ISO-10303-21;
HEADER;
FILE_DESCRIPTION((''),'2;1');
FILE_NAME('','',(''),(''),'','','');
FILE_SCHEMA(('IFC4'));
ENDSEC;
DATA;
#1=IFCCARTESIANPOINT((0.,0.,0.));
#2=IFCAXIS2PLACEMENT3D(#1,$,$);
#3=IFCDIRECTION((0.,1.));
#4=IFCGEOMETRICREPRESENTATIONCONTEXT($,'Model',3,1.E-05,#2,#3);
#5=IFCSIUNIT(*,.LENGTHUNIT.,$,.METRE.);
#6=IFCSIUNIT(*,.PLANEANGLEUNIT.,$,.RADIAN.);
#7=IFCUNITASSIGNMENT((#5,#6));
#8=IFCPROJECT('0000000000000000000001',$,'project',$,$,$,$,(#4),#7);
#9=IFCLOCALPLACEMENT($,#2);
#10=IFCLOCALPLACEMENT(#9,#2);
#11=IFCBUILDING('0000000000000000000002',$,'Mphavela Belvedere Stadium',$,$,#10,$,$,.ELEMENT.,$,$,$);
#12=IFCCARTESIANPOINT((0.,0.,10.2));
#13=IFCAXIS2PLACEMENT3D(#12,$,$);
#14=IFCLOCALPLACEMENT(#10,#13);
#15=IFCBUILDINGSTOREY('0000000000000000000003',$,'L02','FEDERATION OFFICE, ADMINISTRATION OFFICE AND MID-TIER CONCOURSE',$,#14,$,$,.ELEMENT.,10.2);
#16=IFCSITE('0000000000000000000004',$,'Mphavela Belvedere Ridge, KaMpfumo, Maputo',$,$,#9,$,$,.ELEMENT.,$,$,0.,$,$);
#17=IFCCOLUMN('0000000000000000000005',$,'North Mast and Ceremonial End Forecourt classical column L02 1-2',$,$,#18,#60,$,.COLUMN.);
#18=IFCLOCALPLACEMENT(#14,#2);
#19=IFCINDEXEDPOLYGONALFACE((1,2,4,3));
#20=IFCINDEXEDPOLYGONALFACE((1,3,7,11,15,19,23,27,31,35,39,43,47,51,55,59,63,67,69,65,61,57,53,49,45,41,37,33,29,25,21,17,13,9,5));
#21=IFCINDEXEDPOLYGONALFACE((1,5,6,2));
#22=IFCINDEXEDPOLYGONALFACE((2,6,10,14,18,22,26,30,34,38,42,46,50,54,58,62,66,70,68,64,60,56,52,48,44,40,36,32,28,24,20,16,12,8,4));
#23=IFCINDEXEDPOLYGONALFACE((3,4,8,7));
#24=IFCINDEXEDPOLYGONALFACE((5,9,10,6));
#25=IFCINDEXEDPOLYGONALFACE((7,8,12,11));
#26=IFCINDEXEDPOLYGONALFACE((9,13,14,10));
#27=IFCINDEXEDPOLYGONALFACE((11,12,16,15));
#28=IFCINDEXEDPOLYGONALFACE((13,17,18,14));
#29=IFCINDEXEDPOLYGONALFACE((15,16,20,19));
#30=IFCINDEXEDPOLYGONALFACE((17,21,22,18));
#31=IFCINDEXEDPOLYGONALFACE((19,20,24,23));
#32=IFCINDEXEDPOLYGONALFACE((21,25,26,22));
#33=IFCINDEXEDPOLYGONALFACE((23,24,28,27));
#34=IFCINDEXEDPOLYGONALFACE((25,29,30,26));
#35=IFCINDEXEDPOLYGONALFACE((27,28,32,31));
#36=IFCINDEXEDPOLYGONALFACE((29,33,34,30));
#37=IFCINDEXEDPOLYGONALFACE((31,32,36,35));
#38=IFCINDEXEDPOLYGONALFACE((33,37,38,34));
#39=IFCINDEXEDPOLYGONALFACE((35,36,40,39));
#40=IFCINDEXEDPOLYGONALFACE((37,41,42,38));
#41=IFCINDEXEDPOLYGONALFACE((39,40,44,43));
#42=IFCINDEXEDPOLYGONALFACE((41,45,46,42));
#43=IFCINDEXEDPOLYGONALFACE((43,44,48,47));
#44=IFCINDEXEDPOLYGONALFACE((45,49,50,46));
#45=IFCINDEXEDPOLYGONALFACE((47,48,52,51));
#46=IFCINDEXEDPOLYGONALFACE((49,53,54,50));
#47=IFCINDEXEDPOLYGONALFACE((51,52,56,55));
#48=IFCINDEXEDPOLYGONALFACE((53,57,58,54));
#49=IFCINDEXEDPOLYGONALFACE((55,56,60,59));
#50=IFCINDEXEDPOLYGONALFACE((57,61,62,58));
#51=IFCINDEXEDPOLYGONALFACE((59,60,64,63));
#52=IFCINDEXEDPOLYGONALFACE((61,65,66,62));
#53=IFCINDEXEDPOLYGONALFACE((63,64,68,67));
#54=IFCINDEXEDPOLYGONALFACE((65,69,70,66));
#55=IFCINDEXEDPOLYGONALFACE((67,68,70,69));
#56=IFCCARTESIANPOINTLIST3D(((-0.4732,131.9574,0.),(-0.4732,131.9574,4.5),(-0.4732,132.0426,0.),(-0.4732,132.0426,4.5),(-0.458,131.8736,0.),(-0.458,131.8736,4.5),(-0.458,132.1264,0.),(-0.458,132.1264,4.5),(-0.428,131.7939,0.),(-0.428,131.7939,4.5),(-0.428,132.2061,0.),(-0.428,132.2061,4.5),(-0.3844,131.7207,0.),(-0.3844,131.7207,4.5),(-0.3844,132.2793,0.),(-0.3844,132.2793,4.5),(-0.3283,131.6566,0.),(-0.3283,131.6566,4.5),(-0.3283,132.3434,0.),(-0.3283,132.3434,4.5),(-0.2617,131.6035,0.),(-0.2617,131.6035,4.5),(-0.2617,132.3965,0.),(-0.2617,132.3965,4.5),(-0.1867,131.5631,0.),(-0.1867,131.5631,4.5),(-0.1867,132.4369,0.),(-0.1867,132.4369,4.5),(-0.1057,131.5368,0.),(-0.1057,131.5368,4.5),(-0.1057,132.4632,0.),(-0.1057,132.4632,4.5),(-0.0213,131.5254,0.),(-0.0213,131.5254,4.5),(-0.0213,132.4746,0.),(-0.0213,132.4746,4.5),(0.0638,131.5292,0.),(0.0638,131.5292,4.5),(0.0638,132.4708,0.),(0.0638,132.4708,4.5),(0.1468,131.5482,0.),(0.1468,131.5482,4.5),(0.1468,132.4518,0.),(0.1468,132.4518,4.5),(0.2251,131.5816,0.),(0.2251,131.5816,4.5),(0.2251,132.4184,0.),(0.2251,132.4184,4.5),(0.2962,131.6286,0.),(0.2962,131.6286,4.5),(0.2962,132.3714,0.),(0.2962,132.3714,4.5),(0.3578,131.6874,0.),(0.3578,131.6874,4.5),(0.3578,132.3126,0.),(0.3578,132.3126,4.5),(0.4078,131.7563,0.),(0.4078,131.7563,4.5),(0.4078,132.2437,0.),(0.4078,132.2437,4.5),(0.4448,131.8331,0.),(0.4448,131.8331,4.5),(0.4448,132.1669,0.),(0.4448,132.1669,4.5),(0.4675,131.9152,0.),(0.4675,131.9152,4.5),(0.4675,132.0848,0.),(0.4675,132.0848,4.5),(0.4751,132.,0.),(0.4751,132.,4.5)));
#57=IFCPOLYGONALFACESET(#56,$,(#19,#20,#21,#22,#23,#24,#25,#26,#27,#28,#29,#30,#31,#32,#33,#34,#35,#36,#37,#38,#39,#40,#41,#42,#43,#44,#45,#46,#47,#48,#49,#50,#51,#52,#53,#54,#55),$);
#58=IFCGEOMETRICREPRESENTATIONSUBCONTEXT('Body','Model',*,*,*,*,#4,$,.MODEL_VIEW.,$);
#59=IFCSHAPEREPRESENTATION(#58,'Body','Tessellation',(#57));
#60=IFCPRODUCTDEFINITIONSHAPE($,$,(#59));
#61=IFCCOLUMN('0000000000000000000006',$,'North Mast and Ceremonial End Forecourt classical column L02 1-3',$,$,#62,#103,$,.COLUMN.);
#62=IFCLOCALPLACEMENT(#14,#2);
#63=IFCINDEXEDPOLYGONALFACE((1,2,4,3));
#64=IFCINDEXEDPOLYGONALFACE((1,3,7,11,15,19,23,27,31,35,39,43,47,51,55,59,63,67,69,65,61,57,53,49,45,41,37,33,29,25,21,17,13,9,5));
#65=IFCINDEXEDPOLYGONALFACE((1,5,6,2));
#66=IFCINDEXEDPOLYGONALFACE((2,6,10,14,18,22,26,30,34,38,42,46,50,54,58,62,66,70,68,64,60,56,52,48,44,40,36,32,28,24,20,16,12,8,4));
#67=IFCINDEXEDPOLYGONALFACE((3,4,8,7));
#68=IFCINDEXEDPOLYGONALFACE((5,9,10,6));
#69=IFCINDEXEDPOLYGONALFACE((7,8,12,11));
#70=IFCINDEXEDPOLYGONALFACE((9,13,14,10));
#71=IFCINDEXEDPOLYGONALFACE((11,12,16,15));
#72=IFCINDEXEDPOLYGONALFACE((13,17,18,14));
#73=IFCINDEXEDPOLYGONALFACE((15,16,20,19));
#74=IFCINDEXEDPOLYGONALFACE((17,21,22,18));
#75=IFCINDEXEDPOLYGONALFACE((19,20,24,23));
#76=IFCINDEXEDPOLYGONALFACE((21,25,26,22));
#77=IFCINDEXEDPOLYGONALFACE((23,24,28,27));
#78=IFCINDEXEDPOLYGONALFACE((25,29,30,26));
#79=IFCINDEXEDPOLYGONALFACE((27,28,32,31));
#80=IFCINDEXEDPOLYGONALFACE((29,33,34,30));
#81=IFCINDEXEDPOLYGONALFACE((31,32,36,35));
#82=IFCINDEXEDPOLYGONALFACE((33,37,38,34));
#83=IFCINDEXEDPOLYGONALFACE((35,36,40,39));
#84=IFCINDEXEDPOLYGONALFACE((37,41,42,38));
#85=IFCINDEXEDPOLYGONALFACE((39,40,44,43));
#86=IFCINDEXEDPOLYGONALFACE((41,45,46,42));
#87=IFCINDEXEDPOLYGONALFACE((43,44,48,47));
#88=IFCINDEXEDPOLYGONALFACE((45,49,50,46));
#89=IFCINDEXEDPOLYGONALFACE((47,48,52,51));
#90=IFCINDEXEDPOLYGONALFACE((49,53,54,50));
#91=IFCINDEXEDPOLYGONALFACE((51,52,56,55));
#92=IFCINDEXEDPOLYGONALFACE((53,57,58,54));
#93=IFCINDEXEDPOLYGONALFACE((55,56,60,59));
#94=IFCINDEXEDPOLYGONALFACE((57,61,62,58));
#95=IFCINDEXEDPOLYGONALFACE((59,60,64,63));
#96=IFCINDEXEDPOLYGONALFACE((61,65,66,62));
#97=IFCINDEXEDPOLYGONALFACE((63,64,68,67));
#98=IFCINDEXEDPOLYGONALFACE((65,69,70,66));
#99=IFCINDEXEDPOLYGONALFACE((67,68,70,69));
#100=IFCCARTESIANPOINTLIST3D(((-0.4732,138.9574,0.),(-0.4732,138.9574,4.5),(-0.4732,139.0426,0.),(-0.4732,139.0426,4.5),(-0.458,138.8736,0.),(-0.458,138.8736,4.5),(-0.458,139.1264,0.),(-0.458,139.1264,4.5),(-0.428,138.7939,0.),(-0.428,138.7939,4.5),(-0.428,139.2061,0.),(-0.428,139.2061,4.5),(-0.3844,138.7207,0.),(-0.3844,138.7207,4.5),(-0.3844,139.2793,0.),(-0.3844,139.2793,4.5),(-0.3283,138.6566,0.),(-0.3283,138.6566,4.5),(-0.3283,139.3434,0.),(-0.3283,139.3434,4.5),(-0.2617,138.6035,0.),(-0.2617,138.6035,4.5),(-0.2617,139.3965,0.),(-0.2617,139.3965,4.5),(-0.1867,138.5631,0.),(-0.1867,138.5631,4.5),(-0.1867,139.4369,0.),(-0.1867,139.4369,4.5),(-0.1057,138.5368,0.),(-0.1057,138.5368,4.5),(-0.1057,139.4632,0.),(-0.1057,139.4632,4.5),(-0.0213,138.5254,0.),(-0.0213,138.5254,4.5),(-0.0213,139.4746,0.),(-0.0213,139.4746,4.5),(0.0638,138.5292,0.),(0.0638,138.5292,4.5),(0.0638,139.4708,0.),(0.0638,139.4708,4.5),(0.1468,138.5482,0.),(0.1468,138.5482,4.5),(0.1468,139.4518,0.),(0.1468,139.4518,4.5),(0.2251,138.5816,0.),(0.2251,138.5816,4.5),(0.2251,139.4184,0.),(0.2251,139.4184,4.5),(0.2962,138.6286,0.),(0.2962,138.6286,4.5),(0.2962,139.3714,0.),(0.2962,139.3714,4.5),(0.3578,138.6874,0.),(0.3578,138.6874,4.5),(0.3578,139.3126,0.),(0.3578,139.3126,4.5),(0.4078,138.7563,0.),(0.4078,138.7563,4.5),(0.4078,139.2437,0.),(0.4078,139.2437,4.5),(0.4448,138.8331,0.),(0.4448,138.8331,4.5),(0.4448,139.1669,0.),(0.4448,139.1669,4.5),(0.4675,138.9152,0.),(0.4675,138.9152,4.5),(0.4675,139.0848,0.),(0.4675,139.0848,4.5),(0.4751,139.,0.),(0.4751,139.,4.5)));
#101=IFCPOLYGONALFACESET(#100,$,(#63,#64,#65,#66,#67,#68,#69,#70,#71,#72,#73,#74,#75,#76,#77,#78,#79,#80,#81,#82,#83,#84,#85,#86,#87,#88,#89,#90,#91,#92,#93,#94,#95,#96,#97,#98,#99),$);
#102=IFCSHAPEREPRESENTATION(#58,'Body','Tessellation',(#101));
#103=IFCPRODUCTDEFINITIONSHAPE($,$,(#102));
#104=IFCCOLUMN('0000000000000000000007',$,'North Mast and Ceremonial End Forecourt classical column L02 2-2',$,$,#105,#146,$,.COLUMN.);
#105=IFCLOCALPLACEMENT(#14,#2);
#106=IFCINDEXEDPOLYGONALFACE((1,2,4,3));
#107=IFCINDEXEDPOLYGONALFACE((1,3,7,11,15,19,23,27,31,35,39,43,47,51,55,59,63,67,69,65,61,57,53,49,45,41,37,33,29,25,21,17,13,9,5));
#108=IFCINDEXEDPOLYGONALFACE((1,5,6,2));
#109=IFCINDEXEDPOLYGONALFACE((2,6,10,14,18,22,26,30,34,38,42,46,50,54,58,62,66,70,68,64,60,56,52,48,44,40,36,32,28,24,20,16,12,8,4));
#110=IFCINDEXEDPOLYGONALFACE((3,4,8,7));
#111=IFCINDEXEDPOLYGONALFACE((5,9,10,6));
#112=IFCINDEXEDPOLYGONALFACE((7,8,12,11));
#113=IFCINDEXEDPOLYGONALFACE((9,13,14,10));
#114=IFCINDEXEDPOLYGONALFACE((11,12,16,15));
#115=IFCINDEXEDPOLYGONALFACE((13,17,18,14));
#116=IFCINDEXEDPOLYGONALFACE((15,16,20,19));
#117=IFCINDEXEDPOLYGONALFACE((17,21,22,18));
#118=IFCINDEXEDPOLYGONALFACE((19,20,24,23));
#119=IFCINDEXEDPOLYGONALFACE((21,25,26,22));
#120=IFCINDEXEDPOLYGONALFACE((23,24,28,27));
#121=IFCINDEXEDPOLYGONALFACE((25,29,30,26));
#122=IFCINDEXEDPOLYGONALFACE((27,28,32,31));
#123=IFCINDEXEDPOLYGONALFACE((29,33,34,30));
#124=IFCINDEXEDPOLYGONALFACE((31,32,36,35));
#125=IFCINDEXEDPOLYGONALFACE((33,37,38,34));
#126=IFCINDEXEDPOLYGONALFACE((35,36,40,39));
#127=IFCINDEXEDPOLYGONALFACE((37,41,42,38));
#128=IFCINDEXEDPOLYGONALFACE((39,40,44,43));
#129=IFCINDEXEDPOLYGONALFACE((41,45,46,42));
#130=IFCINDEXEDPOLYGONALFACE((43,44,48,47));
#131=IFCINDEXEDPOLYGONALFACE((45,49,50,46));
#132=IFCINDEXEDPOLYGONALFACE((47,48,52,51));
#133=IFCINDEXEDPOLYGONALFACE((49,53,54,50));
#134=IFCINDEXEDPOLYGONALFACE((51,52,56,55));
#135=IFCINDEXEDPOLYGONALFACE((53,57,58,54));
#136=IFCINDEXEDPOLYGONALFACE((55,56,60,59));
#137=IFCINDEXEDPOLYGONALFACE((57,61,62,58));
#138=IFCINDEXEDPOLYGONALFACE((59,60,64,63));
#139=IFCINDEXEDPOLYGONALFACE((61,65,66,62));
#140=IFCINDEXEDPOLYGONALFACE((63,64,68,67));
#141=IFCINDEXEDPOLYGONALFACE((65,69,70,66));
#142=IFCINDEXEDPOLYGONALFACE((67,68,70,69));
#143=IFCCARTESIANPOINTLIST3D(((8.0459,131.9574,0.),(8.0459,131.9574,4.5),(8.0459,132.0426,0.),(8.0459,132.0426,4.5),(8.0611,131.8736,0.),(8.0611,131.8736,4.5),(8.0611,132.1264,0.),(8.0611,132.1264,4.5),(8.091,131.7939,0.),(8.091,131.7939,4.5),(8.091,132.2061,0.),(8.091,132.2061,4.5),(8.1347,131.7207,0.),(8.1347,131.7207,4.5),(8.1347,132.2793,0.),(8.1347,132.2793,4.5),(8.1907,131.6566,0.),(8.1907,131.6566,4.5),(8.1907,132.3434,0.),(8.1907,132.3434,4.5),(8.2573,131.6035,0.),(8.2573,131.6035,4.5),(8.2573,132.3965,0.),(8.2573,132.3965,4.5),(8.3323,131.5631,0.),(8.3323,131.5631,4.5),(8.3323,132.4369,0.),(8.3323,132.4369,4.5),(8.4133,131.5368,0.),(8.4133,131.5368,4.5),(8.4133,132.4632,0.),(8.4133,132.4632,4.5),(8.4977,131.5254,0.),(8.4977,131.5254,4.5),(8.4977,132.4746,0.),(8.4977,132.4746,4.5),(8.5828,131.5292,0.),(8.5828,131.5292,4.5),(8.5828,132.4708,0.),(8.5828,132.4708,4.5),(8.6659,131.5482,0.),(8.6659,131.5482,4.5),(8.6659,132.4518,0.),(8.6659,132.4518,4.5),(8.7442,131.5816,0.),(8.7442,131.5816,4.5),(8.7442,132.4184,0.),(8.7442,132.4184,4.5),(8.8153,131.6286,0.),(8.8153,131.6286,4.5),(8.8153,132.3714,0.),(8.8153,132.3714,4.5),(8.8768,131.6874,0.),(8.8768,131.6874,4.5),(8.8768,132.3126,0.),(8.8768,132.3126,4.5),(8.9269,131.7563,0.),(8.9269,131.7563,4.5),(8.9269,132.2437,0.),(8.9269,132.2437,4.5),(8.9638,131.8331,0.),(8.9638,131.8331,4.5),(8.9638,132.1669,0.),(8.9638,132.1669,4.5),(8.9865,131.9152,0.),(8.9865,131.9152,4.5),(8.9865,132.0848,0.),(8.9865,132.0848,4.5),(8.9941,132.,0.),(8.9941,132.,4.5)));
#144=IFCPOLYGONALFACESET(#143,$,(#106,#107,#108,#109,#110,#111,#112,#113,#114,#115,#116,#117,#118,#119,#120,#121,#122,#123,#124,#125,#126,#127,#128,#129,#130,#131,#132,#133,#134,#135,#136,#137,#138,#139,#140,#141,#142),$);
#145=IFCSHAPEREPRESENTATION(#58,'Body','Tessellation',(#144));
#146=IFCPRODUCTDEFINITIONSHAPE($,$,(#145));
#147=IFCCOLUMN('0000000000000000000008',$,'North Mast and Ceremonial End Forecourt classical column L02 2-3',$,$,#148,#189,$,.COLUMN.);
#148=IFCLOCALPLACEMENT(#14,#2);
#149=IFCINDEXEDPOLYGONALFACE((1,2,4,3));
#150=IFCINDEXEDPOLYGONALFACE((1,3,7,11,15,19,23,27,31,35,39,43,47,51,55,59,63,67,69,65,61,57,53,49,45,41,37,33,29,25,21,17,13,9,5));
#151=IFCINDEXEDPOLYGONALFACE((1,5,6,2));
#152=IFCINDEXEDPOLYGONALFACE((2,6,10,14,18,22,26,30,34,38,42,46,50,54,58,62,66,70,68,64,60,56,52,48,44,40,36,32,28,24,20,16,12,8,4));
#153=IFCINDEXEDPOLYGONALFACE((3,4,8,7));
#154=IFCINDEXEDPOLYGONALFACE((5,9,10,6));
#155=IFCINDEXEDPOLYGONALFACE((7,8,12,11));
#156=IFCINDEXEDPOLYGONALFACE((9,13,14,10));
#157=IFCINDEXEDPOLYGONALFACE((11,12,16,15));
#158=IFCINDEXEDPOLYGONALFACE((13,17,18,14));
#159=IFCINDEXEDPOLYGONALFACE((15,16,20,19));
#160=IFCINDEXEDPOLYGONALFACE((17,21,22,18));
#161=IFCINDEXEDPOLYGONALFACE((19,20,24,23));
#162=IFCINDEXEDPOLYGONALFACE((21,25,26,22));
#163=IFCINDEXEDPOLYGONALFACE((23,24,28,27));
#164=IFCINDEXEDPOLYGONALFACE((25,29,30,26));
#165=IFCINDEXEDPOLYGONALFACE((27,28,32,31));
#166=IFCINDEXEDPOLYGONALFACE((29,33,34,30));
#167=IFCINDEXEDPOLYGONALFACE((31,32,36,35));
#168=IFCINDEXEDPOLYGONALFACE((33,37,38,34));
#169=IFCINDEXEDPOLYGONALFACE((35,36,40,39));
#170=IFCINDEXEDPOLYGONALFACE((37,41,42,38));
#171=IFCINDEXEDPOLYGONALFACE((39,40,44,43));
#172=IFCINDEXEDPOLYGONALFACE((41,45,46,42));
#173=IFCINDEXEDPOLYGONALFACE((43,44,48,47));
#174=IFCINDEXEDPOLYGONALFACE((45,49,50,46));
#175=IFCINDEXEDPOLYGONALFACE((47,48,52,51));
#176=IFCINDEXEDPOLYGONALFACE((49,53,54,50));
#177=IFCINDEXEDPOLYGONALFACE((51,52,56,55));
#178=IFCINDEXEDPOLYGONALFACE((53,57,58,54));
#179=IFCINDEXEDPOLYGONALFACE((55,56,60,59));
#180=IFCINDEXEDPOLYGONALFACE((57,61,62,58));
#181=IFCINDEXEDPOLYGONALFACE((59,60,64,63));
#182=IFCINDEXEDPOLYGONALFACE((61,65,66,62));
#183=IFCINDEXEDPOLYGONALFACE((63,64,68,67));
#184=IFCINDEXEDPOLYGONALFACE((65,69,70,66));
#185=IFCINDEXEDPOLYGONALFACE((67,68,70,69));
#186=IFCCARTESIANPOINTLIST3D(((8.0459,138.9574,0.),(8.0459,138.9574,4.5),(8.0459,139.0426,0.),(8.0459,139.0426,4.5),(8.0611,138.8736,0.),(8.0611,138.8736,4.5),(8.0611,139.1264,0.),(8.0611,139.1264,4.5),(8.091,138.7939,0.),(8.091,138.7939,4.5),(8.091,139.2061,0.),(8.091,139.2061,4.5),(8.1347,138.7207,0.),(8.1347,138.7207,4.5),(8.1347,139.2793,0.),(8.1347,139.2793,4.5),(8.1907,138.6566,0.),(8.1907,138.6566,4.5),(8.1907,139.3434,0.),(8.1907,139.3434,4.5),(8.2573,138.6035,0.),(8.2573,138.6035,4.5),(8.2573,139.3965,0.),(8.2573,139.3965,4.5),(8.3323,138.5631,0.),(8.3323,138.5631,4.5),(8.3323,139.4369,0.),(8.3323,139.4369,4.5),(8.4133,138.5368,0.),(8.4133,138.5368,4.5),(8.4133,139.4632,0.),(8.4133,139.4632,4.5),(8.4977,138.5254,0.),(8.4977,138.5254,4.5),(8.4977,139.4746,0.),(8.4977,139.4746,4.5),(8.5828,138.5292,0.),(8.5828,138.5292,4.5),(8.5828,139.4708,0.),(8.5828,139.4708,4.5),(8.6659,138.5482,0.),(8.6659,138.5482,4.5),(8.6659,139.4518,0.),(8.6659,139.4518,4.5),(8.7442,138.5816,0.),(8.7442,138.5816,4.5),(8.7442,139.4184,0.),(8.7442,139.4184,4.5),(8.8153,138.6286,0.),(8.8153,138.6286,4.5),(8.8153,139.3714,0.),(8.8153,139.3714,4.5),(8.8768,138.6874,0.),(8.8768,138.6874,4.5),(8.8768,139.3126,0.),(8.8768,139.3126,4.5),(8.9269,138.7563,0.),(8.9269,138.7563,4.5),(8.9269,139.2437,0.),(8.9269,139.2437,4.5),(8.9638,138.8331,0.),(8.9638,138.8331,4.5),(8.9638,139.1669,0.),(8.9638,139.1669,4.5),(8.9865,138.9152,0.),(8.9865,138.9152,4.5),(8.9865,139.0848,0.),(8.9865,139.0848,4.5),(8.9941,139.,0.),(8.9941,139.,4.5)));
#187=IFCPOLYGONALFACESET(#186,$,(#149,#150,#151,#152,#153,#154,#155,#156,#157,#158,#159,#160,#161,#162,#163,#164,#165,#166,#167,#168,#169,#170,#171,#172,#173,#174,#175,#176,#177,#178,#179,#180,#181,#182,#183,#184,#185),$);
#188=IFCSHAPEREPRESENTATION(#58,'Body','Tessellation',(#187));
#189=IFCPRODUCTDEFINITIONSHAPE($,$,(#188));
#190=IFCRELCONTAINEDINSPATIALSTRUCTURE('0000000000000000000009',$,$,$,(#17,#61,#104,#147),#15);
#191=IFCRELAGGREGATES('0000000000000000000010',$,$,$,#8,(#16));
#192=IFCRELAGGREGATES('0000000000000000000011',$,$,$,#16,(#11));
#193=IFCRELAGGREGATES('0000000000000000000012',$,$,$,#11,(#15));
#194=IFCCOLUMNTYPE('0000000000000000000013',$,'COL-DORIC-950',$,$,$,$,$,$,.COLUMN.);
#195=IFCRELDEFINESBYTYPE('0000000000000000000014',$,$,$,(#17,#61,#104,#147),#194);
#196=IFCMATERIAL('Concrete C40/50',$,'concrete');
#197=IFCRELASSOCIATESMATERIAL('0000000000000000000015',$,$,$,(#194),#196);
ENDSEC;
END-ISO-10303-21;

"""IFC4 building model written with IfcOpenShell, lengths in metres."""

from ifc_helpers import new_model, si_unit, direction, frame, origin, origin_2d, place, context, subcontext, project, spatial, circle, extrude, material, material_profile, profile_set, type_object, element, save


model = new_model("IFC4")

# Units and contexts
model_context = context("Model", 3, precision=1e-05, world=origin(), true_north=direction((0.0, 1.0)))
body_context = subcontext(model_context, "Body", "Model", "MODEL_VIEW")
ifc_project = project(units=[si_unit("LENGTHUNIT", "METRE"), si_unit("PLANEANGLEUNIT", "RADIAN")], contexts=[model_context])

# Site, building, storey
site_placement = place(None, origin())
site = spatial("IfcSite", under=ifc_project, at=site_placement, Name="Mphavela Belvedere Ridge, KaMpfumo, Maputo", CompositionType="ELEMENT", RefElevation=0.0)
building_placement = place(site_placement, origin())
building = spatial("IfcBuilding", under=site, at=building_placement, Name="Mphavela Belvedere Stadium", CompositionType="ELEMENT")
storey_placement = place(building_placement, frame((0.0, 0.0, 10.2)))
storey = spatial("IfcBuildingStorey", under=building, at=storey_placement, Name="L02", Description="FEDERATION OFFICE, ADMINISTRATION OFFICE AND MID-TIER CONCOURSE", CompositionType="ELEMENT", Elevation=10.2)

# Columns
ifc_material_1 = material(Name="Concrete C40/50", Category="concrete")
ifc_material_profile_1 = material_profile(ifc_material_1, circle(Radius=0.4751, at=origin_2d()), Name="COL D950")
ifc_profile_set_1 = profile_set([ifc_material_profile_1], Name="Concrete C40/50")
column_type = type_object("IfcColumnType", Name="COL-DORIC-950", PredefinedType="COLUMN", material=ifc_profile_set_1)
for number, where, z_axis, x_axis, name in (
    (1, (0.0, 132.0, 0.0), (0.0, 0.0, 1.0), (1.0, 0.0, 0.0), "North Mast and Ceremonial End Forecourt classical column L02 1-2"),
    (2, (0.0, 139.0, 0.0), (0.0, 0.0, 1.0), (1.0, 0.0, 0.0), "North Mast and Ceremonial End Forecourt classical column L02 1-3"),
    (3, (8.519, 132.0, 0.0), (0.0, 0.0, 1.0), (1.0, 0.0, 0.0), "North Mast and Ceremonial End Forecourt classical column L02 2-2"),
    (4, (8.519, 139.0, 0.0), (0.0, 0.0, 1.0), (1.0, 0.0, 0.0), "North Mast and Ceremonial End Forecourt classical column L02 2-3"),
):
    element("IfcColumn", number, at=place(storey_placement, frame(where, z_axis=z_axis, x_axis=x_axis)), inside=storey, type_object=column_type, Name=name, PredefinedType="COLUMN", context=body_context, shape_type="SweptSolid", body=[
        extrude(circle(Radius=0.4751, at=origin_2d()), origin(), (0.0, 0.0, 1.0), 4.5),
    ])

save(model, "model.ifc")
